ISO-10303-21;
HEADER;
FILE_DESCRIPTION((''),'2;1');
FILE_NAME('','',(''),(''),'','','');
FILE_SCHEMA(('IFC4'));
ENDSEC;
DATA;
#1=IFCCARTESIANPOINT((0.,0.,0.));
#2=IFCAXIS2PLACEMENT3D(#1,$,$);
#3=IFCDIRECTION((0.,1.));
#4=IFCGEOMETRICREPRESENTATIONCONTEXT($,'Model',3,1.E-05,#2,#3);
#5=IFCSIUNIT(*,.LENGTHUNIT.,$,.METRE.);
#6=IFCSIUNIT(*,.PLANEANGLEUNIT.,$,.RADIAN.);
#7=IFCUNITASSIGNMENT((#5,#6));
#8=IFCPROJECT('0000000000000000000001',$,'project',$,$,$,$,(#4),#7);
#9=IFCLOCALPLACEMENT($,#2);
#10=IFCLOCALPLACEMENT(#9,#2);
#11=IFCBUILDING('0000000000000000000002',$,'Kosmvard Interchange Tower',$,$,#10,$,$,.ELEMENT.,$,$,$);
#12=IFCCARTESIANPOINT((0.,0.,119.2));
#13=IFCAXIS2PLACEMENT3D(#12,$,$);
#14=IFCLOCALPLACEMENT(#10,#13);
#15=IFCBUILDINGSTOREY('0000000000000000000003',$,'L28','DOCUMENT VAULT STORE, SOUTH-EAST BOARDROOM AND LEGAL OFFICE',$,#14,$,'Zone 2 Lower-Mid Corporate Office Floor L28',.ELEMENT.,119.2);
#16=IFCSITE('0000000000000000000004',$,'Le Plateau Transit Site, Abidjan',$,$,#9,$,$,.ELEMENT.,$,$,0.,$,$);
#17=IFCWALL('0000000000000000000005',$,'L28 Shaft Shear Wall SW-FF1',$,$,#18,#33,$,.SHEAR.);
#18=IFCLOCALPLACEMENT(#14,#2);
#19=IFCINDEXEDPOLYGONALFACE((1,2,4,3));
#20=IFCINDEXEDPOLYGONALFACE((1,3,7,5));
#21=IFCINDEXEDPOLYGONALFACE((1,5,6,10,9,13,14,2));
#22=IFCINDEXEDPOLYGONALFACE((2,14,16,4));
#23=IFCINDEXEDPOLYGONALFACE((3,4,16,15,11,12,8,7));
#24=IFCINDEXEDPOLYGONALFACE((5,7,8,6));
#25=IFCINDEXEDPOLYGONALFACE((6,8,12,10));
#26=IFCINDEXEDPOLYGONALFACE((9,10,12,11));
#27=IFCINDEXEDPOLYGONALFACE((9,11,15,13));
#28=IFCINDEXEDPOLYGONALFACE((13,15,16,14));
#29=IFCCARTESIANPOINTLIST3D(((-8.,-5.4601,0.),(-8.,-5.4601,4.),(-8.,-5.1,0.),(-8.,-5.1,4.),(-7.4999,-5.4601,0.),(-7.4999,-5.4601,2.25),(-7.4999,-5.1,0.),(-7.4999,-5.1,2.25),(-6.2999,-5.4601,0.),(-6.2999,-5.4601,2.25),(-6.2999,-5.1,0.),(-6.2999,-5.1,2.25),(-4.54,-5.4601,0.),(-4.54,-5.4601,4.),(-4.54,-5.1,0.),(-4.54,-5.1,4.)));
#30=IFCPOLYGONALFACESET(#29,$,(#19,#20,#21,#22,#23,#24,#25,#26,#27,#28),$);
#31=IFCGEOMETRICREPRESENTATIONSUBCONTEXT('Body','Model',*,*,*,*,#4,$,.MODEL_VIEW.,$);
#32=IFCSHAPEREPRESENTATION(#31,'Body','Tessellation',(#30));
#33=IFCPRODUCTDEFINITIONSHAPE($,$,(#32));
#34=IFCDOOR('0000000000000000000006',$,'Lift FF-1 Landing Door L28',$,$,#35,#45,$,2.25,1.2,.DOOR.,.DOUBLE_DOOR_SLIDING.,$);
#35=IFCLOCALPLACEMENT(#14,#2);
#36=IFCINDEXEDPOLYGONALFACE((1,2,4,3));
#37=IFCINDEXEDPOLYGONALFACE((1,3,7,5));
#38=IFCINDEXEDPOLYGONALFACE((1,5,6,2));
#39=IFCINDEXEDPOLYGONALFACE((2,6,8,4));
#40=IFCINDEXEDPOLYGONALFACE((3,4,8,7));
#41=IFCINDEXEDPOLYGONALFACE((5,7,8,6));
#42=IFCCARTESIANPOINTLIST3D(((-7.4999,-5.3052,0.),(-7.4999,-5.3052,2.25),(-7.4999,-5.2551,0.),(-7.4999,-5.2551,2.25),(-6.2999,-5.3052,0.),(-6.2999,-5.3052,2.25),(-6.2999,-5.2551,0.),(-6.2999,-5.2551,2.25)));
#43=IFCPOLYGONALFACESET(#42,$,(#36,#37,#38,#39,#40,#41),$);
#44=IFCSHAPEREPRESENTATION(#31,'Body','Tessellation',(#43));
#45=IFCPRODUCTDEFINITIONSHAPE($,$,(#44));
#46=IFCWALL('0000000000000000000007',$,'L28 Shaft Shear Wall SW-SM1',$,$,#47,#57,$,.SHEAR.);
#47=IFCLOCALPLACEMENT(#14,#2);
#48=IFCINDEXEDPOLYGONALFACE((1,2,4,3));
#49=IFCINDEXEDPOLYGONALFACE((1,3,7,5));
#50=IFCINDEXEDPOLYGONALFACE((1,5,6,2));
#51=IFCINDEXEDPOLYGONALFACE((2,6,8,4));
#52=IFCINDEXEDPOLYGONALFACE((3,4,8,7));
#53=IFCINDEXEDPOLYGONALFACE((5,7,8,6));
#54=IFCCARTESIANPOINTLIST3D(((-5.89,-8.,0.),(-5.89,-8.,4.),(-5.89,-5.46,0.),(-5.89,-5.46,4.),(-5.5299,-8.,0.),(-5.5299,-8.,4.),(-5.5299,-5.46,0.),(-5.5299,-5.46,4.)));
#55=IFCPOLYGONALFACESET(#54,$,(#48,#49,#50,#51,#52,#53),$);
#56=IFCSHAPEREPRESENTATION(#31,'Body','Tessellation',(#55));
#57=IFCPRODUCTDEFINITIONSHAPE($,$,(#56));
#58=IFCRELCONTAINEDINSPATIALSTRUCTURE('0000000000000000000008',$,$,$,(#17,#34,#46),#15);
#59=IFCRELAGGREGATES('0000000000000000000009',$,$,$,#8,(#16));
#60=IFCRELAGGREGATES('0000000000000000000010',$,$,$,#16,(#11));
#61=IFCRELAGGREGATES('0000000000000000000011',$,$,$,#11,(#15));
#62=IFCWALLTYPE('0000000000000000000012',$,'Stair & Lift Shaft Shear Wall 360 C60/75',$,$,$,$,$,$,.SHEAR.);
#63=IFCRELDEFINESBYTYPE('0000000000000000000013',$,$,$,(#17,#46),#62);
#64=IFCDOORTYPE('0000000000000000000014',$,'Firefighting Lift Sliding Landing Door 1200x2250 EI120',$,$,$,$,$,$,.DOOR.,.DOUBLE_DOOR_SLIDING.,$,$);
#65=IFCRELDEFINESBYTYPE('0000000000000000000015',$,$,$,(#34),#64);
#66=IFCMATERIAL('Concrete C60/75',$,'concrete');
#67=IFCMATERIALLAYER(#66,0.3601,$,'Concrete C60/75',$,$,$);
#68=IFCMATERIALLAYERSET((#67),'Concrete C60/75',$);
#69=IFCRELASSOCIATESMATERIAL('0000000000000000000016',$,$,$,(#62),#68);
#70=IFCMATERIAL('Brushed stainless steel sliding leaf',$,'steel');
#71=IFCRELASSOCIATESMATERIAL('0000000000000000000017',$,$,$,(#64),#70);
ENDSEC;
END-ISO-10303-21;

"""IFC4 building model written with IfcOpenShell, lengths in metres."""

from ifc_helpers import new_model, si_unit, direction, frame, frame_2d, origin, place, context, subcontext, project, spatial, rectangle, extrude, source, transform, mapped, material, layer, layer_set, type_object, element, fill, save


model = new_model("IFC4")

# Units and contexts
model_context = context("Model", 3, precision=1e-05, world=origin(), true_north=direction((0.0, 1.0)))
body_context = subcontext(model_context, "Body", "Model", "MODEL_VIEW")
ifc_project = project(units=[si_unit("LENGTHUNIT", "METRE"), si_unit("PLANEANGLEUNIT", "RADIAN")], contexts=[model_context])

# Site, building, storey
site_placement = place(None, origin())
site = spatial("IfcSite", under=ifc_project, at=site_placement, Name="Le Plateau Transit Site, Abidjan", CompositionType="ELEMENT", RefElevation=0.0)
building_placement = place(site_placement, origin())
building = spatial("IfcBuilding", under=site, at=building_placement, Name="Kosmvard Interchange Tower", CompositionType="ELEMENT")
storey_placement = place(building_placement, frame((0.0, 0.0, 119.2)))
storey = spatial("IfcBuildingStorey", under=building, at=storey_placement, Name="L28", Description="DOCUMENT VAULT STORE, SOUTH-EAST BOARDROOM AND LEGAL OFFICE", LongName="Zone 2 Lower-Mid Corporate Office Floor L28", CompositionType="ELEMENT", Elevation=119.2)

# Shared definitions
ifc_material_1 = material(Name="Brushed stainless steel sliding leaf", Category="steel")

# Shared definitions
ifc_material_2 = material(Name="Concrete C60/75", Category="concrete")
ifc_layer_1 = layer(ifc_material_2, 0.3601, Name="Concrete C60/75")
ifc_layer_set_1 = layer_set([ifc_layer_1], Name="Concrete C60/75")
wall_type_1 = type_object("IfcWallType", Name="Stair & Lift Shaft Shear Wall 360 C60/75", PredefinedType="SHEAR", material=ifc_layer_set_1)

# Wall, opening, door
wall_1_placement = place(storey_placement, frame((-8.0, -5.28, 0.0), z_axis=(0.0, 0.0, 1.0), x_axis=(1.0, 0.0, 0.0)))
wall_1 = element("IfcWall", 1, at=wall_1_placement, inside=storey, type_object=wall_type_1, Name="L28 Shaft Shear Wall SW-FF1", PredefinedType="SHEAR", context=body_context, shape_type="SweptSolid", body=[
    extrude(rectangle(XDim=3.46, YDim=0.3601, at=frame_2d((1.73, 0.0))), origin(), (0.0, 0.0, 1.0), 4.0),
])
opening_1_placement = place(wall_1_placement, frame((0.5, 0.0, 0.0)))
opening_1 = element("IfcOpeningElement", 2, at=opening_1_placement, cuts=wall_1, PredefinedType="OPENING", context=body_context, shape_type="SweptSolid", body=[
    extrude(rectangle(XDim=1.2, YDim=2.25, at=frame_2d((0.6001, 1.125))), frame((0.0, 0.1899, 0.0), z_axis=(0.0, -1.0, 0.0), x_axis=(1.0, 0.0, 0.0)), (0.0, 0.0, 1.0), 0.3801),
])
door_type_1 = type_object("IfcDoorType", Name="Firefighting Lift Sliding Landing Door 1200x2250 EI120", OperationType="DOUBLE_DOOR_SLIDING", PredefinedType="DOOR", material=ifc_material_1)
shared_shape_1 = source(origin(), body_context, "Body", "SweptSolid", [
    extrude(rectangle(XDim=1.2, YDim=2.25, at=frame_2d((0.6001, 1.125))), frame((0.0, 0.0249, 0.0), z_axis=(0.0, -1.0, 0.0), x_axis=(1.0, 0.0, 0.0)), (0.0, 0.0, 1.0), 0.05),
])
door_1_placement = place(opening_1_placement, origin())
door_1 = element("IfcDoor", 3, at=door_1_placement, inside=storey, type_object=door_type_1, Name="Lift FF-1 Landing Door L28", OperationType="DOUBLE_DOOR_SLIDING", OverallHeight=2.25, OverallWidth=1.2, PredefinedType="DOOR", context=body_context, shape_type="MappedRepresentation", body=[
    mapped(shared_shape_1, transform((0.0, 0.0, 0.0), scale=1.0)),
])
fill(opening_1, door_1)

# Wall
wall_2_placement = place(storey_placement, frame((-5.71, -8.0, 0.0), z_axis=(0.0, 0.0, 1.0), x_axis=(0.0, 1.0, 0.0)))
element("IfcWall", 4, at=wall_2_placement, inside=storey, type_object=wall_type_1, Name="L28 Shaft Shear Wall SW-SM1", PredefinedType="SHEAR", context=body_context, shape_type="SweptSolid", body=[
    extrude(rectangle(XDim=2.54, YDim=0.3601, at=frame_2d((1.27, 0.0))), origin(), (0.0, 0.0, 1.0), 4.0),
])

save(model, "model.ifc")
